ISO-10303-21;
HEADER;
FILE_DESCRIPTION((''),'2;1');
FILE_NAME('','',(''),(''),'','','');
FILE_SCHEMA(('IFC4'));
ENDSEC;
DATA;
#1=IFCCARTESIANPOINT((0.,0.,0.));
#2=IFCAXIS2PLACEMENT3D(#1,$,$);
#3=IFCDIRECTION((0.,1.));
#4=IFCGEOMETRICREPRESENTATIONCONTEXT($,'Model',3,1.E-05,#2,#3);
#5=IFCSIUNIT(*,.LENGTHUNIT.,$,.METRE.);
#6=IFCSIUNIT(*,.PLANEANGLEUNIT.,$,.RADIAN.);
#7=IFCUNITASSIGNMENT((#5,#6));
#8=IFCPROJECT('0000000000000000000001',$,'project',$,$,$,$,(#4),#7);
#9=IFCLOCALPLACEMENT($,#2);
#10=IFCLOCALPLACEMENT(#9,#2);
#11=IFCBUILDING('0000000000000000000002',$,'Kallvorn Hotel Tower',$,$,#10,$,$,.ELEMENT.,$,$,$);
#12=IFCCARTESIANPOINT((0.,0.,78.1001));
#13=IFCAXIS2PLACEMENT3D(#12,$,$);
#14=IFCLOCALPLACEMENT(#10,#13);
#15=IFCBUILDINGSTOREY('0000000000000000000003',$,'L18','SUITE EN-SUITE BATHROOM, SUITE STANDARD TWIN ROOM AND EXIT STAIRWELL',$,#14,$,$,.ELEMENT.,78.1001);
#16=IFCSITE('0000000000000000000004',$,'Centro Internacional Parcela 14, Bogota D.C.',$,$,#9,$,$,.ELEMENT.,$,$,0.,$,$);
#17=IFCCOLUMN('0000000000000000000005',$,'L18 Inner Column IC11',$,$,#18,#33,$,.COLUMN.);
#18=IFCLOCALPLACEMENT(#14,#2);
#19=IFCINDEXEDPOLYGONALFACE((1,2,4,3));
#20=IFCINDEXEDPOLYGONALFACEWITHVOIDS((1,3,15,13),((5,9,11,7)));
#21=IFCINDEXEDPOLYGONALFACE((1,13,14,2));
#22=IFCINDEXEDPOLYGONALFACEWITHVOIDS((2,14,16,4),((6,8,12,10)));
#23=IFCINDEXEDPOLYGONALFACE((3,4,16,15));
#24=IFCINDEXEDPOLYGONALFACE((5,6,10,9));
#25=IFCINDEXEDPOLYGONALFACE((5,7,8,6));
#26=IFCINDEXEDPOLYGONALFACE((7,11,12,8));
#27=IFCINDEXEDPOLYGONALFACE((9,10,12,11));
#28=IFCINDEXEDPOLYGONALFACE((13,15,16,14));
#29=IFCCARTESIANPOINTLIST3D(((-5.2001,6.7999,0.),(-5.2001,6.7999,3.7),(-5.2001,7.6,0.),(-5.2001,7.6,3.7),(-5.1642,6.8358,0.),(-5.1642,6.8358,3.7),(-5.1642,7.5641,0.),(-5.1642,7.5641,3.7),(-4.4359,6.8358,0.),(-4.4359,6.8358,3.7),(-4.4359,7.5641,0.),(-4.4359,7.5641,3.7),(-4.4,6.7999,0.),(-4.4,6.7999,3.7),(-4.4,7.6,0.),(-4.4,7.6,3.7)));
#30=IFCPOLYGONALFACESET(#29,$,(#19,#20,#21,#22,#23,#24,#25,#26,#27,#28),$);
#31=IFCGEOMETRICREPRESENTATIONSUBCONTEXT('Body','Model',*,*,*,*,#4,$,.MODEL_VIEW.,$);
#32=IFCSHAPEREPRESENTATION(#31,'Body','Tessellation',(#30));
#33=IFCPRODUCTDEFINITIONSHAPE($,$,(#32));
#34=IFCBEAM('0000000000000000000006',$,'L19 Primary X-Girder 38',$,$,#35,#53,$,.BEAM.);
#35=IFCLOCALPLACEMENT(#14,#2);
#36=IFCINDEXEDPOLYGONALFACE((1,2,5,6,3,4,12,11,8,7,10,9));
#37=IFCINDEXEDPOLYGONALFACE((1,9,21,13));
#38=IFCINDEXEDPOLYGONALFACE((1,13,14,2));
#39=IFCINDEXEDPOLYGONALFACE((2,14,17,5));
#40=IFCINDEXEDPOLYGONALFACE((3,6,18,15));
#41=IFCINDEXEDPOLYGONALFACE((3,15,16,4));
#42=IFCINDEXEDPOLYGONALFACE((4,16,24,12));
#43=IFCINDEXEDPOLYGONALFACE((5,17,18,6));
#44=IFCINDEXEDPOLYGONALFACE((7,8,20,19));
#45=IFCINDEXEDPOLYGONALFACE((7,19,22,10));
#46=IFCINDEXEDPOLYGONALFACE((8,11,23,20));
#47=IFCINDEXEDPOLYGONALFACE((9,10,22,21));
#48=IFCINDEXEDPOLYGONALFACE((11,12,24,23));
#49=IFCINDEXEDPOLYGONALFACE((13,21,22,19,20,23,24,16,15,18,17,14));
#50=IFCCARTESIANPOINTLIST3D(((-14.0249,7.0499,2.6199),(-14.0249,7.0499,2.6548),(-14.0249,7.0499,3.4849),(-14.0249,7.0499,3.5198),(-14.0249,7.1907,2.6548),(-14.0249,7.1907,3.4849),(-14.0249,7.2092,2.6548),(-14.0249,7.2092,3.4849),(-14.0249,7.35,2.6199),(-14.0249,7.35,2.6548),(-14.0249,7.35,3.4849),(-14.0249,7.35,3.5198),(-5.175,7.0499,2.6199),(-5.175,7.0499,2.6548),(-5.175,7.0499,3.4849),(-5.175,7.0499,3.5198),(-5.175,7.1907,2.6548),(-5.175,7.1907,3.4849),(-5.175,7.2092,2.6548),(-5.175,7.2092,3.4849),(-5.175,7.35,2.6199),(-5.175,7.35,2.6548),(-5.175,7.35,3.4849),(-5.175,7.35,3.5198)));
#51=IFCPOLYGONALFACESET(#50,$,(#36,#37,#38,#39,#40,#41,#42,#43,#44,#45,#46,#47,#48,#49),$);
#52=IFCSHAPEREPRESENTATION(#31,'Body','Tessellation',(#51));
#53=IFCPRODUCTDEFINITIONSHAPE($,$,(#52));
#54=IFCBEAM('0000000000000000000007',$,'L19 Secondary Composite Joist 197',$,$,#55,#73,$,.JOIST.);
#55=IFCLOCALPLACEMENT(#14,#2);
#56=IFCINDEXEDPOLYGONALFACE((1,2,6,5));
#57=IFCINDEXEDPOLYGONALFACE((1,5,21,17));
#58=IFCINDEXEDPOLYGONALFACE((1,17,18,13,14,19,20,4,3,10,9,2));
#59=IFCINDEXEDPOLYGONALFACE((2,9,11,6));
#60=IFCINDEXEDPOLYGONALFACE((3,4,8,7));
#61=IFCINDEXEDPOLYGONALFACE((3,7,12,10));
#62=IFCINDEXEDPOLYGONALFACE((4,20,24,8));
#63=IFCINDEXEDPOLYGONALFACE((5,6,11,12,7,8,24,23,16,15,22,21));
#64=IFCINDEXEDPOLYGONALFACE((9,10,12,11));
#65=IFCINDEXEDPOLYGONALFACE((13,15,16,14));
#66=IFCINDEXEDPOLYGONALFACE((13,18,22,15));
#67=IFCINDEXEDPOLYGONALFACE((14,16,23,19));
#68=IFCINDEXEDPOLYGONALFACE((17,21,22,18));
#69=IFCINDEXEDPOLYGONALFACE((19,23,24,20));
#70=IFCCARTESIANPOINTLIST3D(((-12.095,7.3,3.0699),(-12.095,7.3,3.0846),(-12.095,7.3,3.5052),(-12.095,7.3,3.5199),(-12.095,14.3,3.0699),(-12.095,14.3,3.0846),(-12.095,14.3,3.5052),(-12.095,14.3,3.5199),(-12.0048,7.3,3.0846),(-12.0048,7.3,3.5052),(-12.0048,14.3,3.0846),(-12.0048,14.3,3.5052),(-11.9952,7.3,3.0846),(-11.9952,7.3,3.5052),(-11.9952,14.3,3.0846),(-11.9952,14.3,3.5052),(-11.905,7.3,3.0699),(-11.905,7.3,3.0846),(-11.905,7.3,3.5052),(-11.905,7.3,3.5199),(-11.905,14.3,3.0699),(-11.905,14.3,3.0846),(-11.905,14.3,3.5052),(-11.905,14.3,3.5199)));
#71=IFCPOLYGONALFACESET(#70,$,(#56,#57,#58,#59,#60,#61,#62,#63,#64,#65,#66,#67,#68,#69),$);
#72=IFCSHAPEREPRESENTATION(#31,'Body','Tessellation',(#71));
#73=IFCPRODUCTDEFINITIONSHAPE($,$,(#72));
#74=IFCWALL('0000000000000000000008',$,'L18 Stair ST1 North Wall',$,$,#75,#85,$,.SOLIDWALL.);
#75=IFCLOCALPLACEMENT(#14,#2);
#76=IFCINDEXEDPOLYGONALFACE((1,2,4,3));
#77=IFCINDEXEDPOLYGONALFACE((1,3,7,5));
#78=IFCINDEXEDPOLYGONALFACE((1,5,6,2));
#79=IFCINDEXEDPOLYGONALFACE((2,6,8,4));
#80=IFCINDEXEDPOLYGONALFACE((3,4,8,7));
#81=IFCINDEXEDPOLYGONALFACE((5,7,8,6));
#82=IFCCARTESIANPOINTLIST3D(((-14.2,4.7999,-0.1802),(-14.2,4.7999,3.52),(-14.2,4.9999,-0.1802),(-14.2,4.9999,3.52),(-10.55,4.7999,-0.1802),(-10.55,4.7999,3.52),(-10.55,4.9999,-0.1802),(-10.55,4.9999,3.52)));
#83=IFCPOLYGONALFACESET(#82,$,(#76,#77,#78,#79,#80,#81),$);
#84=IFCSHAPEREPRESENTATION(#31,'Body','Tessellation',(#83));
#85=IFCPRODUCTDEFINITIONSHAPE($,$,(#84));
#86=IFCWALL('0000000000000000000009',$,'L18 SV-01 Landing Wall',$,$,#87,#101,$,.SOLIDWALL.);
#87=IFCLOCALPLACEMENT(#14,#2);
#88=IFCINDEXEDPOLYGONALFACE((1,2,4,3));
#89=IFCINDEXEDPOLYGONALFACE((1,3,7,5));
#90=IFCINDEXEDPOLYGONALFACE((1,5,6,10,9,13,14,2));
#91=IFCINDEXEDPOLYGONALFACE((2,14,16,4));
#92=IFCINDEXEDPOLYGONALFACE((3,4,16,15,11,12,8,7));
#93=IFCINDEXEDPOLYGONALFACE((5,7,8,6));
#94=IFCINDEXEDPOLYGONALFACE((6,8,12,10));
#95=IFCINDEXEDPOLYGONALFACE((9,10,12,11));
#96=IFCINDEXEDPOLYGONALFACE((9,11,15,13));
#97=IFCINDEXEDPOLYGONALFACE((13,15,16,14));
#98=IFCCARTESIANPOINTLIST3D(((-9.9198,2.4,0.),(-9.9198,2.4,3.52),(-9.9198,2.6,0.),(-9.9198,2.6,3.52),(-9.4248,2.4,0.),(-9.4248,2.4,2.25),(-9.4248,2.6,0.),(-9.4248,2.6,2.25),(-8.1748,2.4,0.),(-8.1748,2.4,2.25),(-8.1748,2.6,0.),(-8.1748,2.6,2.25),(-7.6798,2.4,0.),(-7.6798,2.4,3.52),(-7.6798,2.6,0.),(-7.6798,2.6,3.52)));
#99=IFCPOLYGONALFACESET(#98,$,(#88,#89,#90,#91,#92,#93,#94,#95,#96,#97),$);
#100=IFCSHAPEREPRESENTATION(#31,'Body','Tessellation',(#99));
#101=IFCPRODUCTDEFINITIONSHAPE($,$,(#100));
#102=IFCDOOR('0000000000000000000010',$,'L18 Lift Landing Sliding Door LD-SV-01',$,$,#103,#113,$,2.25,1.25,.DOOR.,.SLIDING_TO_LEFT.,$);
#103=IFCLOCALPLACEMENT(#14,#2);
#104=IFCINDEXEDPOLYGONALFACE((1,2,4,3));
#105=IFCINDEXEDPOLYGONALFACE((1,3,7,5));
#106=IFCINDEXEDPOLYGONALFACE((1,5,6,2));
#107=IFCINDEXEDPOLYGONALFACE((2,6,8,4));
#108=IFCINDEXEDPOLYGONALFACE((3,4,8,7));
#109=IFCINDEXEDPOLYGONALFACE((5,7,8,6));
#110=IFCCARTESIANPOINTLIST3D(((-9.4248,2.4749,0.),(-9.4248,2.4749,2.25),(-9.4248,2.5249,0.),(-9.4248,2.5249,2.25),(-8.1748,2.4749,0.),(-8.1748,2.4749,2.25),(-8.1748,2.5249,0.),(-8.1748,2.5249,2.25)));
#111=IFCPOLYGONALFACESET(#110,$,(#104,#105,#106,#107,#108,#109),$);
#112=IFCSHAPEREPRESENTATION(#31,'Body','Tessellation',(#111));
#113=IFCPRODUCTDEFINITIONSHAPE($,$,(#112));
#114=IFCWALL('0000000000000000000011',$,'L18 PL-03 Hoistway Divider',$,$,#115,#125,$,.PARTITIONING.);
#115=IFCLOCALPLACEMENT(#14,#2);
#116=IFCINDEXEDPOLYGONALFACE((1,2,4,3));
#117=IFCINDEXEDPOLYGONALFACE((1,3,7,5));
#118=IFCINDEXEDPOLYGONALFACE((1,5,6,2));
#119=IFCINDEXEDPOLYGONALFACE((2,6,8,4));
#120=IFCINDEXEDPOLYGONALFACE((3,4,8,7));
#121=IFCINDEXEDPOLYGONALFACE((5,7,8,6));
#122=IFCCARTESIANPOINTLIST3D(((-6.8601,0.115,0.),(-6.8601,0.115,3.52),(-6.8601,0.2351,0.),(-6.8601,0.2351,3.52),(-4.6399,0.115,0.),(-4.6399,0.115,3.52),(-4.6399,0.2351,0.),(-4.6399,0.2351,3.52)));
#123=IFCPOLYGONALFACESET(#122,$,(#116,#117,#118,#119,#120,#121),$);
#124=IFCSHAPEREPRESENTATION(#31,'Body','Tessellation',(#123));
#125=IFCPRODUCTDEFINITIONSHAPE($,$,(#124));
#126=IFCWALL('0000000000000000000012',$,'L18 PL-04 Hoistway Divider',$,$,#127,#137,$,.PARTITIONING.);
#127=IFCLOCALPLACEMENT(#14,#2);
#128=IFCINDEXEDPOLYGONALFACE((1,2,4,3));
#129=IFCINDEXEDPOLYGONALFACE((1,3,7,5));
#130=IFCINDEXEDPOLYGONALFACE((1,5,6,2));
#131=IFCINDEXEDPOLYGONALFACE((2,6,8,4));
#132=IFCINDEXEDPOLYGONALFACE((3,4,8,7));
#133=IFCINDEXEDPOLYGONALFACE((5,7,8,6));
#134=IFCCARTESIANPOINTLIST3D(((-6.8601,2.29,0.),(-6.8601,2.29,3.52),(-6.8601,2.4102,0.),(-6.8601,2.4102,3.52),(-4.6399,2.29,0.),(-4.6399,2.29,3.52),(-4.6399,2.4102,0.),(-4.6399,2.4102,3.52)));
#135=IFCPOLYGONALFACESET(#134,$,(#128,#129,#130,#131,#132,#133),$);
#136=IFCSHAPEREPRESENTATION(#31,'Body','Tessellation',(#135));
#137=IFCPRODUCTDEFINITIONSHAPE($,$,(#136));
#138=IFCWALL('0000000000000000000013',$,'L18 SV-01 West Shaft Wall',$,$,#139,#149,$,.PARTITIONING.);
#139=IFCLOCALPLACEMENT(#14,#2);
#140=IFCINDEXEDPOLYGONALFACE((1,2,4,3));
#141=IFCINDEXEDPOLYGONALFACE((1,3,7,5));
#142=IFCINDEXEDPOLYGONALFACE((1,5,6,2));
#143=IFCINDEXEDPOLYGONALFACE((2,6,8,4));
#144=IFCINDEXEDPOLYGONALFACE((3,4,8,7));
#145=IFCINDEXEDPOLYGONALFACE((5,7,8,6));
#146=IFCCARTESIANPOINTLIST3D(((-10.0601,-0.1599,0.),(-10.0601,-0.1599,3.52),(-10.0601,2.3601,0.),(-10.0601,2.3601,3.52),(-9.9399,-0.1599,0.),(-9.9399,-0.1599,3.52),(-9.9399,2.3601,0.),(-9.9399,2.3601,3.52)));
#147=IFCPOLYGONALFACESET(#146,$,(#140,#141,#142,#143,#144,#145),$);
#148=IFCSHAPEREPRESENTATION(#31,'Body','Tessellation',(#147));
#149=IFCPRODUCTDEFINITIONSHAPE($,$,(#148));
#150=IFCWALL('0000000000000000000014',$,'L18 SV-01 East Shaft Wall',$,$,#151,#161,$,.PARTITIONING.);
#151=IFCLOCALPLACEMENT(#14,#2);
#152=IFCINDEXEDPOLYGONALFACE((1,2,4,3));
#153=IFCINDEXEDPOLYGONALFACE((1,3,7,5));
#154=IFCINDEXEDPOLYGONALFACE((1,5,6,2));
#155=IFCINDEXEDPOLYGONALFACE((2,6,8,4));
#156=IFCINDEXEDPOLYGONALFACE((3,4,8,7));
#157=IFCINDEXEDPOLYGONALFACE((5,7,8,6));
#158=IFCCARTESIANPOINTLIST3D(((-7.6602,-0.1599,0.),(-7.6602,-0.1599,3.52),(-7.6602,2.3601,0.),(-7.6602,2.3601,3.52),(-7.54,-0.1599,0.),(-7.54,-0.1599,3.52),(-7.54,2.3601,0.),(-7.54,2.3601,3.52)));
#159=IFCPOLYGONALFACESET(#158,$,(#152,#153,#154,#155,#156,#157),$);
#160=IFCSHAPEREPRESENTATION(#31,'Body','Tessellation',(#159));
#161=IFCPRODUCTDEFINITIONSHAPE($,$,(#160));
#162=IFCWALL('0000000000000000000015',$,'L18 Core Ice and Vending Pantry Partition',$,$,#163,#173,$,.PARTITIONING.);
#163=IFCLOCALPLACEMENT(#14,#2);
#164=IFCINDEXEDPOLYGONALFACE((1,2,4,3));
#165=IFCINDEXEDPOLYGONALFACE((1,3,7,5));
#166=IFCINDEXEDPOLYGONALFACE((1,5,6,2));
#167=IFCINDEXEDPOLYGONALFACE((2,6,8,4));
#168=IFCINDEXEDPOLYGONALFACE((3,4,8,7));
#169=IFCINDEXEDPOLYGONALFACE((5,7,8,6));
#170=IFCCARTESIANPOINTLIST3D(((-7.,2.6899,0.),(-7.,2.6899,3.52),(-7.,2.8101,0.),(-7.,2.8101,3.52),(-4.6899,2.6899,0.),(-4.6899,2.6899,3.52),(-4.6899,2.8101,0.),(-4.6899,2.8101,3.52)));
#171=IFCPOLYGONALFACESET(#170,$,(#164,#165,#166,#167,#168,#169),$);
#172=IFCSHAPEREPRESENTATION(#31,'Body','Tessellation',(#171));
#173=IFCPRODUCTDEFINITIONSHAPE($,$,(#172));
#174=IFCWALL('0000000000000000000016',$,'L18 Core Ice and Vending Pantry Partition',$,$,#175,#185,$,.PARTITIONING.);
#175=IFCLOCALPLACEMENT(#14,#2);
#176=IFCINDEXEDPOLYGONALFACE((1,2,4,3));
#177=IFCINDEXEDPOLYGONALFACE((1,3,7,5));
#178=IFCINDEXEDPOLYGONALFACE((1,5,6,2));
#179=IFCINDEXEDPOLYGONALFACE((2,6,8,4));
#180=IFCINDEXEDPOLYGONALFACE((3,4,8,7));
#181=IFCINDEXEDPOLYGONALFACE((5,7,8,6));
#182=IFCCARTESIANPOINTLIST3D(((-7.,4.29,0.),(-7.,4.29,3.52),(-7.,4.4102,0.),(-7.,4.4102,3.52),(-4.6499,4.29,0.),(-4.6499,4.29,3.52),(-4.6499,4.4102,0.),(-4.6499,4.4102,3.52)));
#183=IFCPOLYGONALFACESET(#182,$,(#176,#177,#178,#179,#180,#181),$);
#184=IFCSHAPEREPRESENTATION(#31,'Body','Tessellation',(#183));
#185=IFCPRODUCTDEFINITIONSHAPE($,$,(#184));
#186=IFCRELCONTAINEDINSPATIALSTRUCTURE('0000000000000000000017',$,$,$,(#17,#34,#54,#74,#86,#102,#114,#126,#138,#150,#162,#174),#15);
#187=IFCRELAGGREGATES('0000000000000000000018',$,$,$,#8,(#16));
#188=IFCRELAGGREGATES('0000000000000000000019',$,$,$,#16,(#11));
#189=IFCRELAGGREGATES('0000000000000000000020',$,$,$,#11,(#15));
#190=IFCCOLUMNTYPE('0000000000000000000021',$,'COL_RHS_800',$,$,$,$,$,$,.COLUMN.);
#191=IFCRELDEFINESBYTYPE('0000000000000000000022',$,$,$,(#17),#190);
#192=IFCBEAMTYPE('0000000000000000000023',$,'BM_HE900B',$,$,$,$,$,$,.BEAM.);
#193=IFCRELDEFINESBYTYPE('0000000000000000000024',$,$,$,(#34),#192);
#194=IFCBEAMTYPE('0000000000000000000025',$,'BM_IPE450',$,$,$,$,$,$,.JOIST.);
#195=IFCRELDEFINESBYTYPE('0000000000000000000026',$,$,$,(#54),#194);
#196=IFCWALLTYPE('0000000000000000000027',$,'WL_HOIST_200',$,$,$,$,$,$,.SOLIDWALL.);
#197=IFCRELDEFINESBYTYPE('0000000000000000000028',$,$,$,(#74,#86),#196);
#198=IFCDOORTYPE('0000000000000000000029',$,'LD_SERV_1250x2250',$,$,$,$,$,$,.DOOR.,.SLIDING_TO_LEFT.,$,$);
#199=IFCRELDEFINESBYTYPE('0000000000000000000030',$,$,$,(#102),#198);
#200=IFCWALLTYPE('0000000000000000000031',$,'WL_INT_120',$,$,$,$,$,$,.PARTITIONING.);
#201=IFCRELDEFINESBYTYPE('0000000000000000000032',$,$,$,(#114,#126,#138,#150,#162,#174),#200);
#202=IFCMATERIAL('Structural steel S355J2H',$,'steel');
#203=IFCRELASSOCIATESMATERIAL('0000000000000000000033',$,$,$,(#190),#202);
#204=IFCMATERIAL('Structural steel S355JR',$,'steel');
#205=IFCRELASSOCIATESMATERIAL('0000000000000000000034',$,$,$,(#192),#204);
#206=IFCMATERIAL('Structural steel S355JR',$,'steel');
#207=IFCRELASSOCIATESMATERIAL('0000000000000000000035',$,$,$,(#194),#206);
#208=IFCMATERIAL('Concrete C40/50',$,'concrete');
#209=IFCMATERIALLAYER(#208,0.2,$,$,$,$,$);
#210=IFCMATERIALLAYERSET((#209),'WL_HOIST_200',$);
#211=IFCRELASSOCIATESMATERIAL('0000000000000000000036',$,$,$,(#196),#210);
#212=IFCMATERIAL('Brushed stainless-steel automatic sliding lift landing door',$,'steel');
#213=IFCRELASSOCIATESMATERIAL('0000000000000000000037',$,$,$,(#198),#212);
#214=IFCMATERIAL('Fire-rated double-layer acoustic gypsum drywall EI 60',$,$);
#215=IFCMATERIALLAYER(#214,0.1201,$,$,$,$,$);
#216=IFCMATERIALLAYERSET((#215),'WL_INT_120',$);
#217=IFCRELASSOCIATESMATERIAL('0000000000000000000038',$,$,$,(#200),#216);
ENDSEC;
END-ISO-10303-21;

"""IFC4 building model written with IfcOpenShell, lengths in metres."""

from ifc_helpers import new_model, si_unit, direction, frame, frame_2d, origin, origin_2d, place, context, subcontext, project, spatial, rectangle, hollow_rectangle, i_section, extrude, material, layer, layer_set, material_profile, profile_set, type_object, element, fill, save


model = new_model("IFC4")

# Units and contexts
model_context = context("Model", 3, precision=1e-05, world=origin(), true_north=direction((0.0, 1.0)))
body_context = subcontext(model_context, "Body", "Model", "MODEL_VIEW")
ifc_project = project(units=[si_unit("LENGTHUNIT", "METRE"), si_unit("PLANEANGLEUNIT", "RADIAN")], contexts=[model_context])

# Site, building, storey
site_placement = place(None, origin())
site = spatial("IfcSite", under=ifc_project, at=site_placement, Name="Centro Internacional Parcela 14, Bogota D.C.", CompositionType="ELEMENT", RefElevation=0.0)
building_placement = place(site_placement, origin())
building = spatial("IfcBuilding", under=site, at=building_placement, Name="Kallvorn Hotel Tower", CompositionType="ELEMENT")
storey_placement = place(building_placement, frame((0.0, 0.0, 78.1001)))
storey = spatial("IfcBuildingStorey", under=building, at=storey_placement, Name="L18", Description="SUITE EN-SUITE BATHROOM, SUITE STANDARD TWIN ROOM AND EXIT STAIRWELL", CompositionType="ELEMENT", Elevation=78.1001)

# Column
ifc_material_1 = material(Name="Structural steel S355J2H", Category="steel")
ifc_material_profile_1 = material_profile(ifc_material_1, hollow_rectangle(XDim=0.8, YDim=0.8, WallThickness=0.0359, at=origin_2d()), Name="RHS 800x800x36")
ifc_profile_set_1 = profile_set([ifc_material_profile_1], Name="Structural steel S355J2H")
column_type = type_object("IfcColumnType", Name="COL_RHS_800", PredefinedType="COLUMN", material=ifc_profile_set_1)
column_placement = place(storey_placement, frame((-4.8, 7.2, 0.0), z_axis=(0.0, 0.0, 1.0), x_axis=(1.0, 0.0, 0.0)))
element("IfcColumn", 1, at=column_placement, inside=storey, type_object=column_type, Name="L18 Inner Column IC11", PredefinedType="COLUMN", context=body_context, shape_type="SweptSolid", body=[
    extrude(hollow_rectangle(XDim=0.8, YDim=0.8, WallThickness=0.0359, at=origin_2d()), origin(), (0.0, 0.0, 1.0), 3.7),
])

# Beams
ifc_material_2 = material(Name="Structural steel S355JR", Category="steel")
ifc_material_profile_2 = material_profile(ifc_material_2, i_section(OverallWidth=0.3, OverallDepth=0.8999, WebThickness=0.0186, FlangeThickness=0.0349, at=origin_2d()), Name="HE 900 B")
ifc_profile_set_2 = profile_set([ifc_material_profile_2], Name="Structural steel S355JR")
beam_type_1 = type_object("IfcBeamType", Name="BM_HE900B", PredefinedType="BEAM", material=ifc_profile_set_2)
beam_1_placement = place(storey_placement, frame((-14.0249, 7.2, 3.0698), z_axis=(1.0, 0.0, 0.0), x_axis=(0.0, 1.0, 0.0)))
element("IfcBeam", 2, at=beam_1_placement, inside=storey, type_object=beam_type_1, Name="L19 Primary X-Girder 38", PredefinedType="BEAM", context=body_context, shape_type="SweptSolid", body=[
    extrude(i_section(OverallWidth=0.3, OverallDepth=0.8999, WebThickness=0.0186, FlangeThickness=0.0349, at=origin_2d()), origin(), (0.0, 0.0, 1.0), 8.8499),
])
ifc_material_3 = material(Name="Structural steel S355JR", Category="steel")
ifc_material_profile_3 = material_profile(ifc_material_3, i_section(OverallWidth=0.1899, OverallDepth=0.45, WebThickness=0.0095, FlangeThickness=0.0146, at=origin_2d()), Name="IPE 450")
ifc_profile_set_3 = profile_set([ifc_material_profile_3], Name="Structural steel S355JR")
beam_type_2 = type_object("IfcBeamType", Name="BM_IPE450", PredefinedType="JOIST", material=ifc_profile_set_3)
beam_2_placement = place(storey_placement, frame((-12.0, 7.3, 3.2949), z_axis=(0.0, 1.0, 0.0), x_axis=(-1.0, 0.0, 0.0)))
element("IfcBeam", 3, at=beam_2_placement, inside=storey, type_object=beam_type_2, Name="L19 Secondary Composite Joist 197", PredefinedType="JOIST", context=body_context, shape_type="SweptSolid", body=[
    extrude(i_section(OverallWidth=0.1899, OverallDepth=0.45, WebThickness=0.0095, FlangeThickness=0.0146, at=origin_2d()), origin(), (0.0, 0.0, 1.0), 7.0),
])

# Wall
ifc_material_4 = material(Name="Concrete C40/50", Category="concrete")
ifc_layer_1 = layer(ifc_material_4, 0.2)
ifc_layer_set_1 = layer_set([ifc_layer_1], Name="WL_HOIST_200")
wall_type_1 = type_object("IfcWallType", Name="WL_HOIST_200", PredefinedType="SOLIDWALL", material=ifc_layer_set_1)
wall_1_placement = place(storey_placement, frame((-14.2, 4.8999, -0.1802), z_axis=(0.0, 0.0, 1.0), x_axis=(1.0, 0.0, 0.0)))
element("IfcWall", 4, at=wall_1_placement, inside=storey, type_object=wall_type_1, Name="L18 Stair ST1 North Wall", PredefinedType="SOLIDWALL", context=body_context, shape_type="SweptSolid", body=[
    extrude(rectangle(XDim=3.6499, YDim=0.2, at=frame_2d((1.825, 0.0))), origin(), (0.0, 0.0, 1.0), 3.7002),
])

# Wall, opening, door
wall_2_placement = place(storey_placement, frame((-9.9199, 2.5, 0.0), z_axis=(0.0, 0.0, 1.0), x_axis=(1.0, 0.0, 0.0)))
wall_2 = element("IfcWall", 5, at=wall_2_placement, inside=storey, type_object=wall_type_1, Name="L18 SV-01 Landing Wall", PredefinedType="SOLIDWALL", context=body_context, shape_type="SweptSolid", body=[
    extrude(rectangle(XDim=2.24, YDim=0.2, at=frame_2d((1.1201, 0.0))), origin(), (0.0, 0.0, 1.0), 3.52),
])
opening_1_placement = place(wall_2_placement, frame((0.4951, 0.0, 0.0)))
opening_1 = element("IfcOpeningElement", 6, at=opening_1_placement, cuts=wall_2, PredefinedType="OPENING", context=body_context, shape_type="SweptSolid", body=[
    extrude(rectangle(XDim=1.25, YDim=2.25, at=frame_2d((0.625, 1.125))), frame((0.0, 0.115, 0.0), z_axis=(0.0, -1.0, 0.0), x_axis=(1.0, 0.0, 0.0)), (0.0, 0.0, 1.0), 0.23),
])
ifc_material_5 = material(Name="Brushed stainless-steel automatic sliding lift landing door", Category="steel")
door_type_1 = type_object("IfcDoorType", Name="LD_SERV_1250x2250", OperationType="SLIDING_TO_LEFT", PredefinedType="DOOR", material=ifc_material_5)
door_1_placement = place(opening_1_placement, origin())
door_1 = element("IfcDoor", 7, at=door_1_placement, inside=storey, type_object=door_type_1, Name="L18 Lift Landing Sliding Door LD-SV-01", OperationType="SLIDING_TO_LEFT", OverallHeight=2.25, OverallWidth=1.25, PredefinedType="DOOR", context=body_context, shape_type="SweptSolid", body=[
    extrude(rectangle(XDim=1.25, YDim=2.25, at=frame_2d((0.625, 1.125))), frame((0.0, 0.0249, 0.0), z_axis=(0.0, -1.0, 0.0), x_axis=(1.0, 0.0, 0.0)), (0.0, 0.0, 1.0), 0.05),
])
fill(opening_1, door_1)

# Walls
ifc_material_6 = material(Name="Fire-rated double-layer acoustic gypsum drywall EI 60")
ifc_layer_2 = layer(ifc_material_6, 0.1201)
ifc_layer_set_2 = layer_set([ifc_layer_2], Name="WL_INT_120")
wall_type_2 = type_object("IfcWallType", Name="WL_INT_120", PredefinedType="PARTITIONING", material=ifc_layer_set_2)
for number, where, z_axis, x_axis, name in (
    (8, (-6.8601, 0.175, 0.0), (0.0, 0.0, 1.0), (1.0, 0.0, 0.0), "L18 PL-03 Hoistway Divider"),
    (9, (-6.8601, 2.3501, 0.0), (0.0, 0.0, 1.0), (1.0, 0.0, 0.0), "L18 PL-04 Hoistway Divider"),
):
    element("IfcWall", number, at=place(storey_placement, frame(where, z_axis=z_axis, x_axis=x_axis)), inside=storey, type_object=wall_type_2, Name=name, PredefinedType="PARTITIONING", context=body_context, shape_type="SweptSolid", body=[
        extrude(rectangle(XDim=2.2202, YDim=0.1201, at=frame_2d((1.1101, 0.0))), origin(), (0.0, 0.0, 1.0), 3.52),
    ])
for number, where, z_axis, x_axis, name in (
    (10, (-10.0, -0.1599, 0.0), (0.0, 0.0, 1.0), (0.0, 1.0, 0.0), "L18 SV-01 West Shaft Wall"),
    (11, (-7.6001, -0.1599, 0.0), (0.0, 0.0, 1.0), (0.0, 1.0, 0.0), "L18 SV-01 East Shaft Wall"),
):
    element("IfcWall", number, at=place(storey_placement, frame(where, z_axis=z_axis, x_axis=x_axis)), inside=storey, type_object=wall_type_2, Name=name, PredefinedType="PARTITIONING", context=body_context, shape_type="SweptSolid", body=[
        extrude(rectangle(XDim=2.52, YDim=0.1201, at=frame_2d((1.26, 0.0))), origin(), (0.0, 0.0, 1.0), 3.52),
    ])
wall_3_placement = place(storey_placement, frame((-7.0, 2.75, 0.0), z_axis=(0.0, 0.0, 1.0), x_axis=(1.0, 0.0, 0.0)))
element("IfcWall", 12, at=wall_3_placement, inside=storey, type_object=wall_type_2, Name="L18 Core Ice and Vending Pantry Partition", PredefinedType="PARTITIONING", context=body_context, shape_type="SweptSolid", body=[
    extrude(rectangle(XDim=2.3101, YDim=0.1201, at=frame_2d((1.155, 0.0))), origin(), (0.0, 0.0, 1.0), 3.52),
])
for number, where, z_axis, x_axis, name in (
    (13, (-7.0, 4.3501, 0.0), (0.0, 0.0, 1.0), (1.0, 0.0, 0.0), "L18 Core Ice and Vending Pantry Partition"),
):
    element("IfcWall", number, at=place(storey_placement, frame(where, z_axis=z_axis, x_axis=x_axis)), inside=storey, type_object=wall_type_2, Name=name, PredefinedType="PARTITIONING", context=body_context, shape_type="SweptSolid", body=[
        extrude(rectangle(XDim=2.3501, YDim=0.1201, at=frame_2d((1.175, 0.0))), origin(), (0.0, 0.0, 1.0), 3.52),
    ])

save(model, "model.ifc")
